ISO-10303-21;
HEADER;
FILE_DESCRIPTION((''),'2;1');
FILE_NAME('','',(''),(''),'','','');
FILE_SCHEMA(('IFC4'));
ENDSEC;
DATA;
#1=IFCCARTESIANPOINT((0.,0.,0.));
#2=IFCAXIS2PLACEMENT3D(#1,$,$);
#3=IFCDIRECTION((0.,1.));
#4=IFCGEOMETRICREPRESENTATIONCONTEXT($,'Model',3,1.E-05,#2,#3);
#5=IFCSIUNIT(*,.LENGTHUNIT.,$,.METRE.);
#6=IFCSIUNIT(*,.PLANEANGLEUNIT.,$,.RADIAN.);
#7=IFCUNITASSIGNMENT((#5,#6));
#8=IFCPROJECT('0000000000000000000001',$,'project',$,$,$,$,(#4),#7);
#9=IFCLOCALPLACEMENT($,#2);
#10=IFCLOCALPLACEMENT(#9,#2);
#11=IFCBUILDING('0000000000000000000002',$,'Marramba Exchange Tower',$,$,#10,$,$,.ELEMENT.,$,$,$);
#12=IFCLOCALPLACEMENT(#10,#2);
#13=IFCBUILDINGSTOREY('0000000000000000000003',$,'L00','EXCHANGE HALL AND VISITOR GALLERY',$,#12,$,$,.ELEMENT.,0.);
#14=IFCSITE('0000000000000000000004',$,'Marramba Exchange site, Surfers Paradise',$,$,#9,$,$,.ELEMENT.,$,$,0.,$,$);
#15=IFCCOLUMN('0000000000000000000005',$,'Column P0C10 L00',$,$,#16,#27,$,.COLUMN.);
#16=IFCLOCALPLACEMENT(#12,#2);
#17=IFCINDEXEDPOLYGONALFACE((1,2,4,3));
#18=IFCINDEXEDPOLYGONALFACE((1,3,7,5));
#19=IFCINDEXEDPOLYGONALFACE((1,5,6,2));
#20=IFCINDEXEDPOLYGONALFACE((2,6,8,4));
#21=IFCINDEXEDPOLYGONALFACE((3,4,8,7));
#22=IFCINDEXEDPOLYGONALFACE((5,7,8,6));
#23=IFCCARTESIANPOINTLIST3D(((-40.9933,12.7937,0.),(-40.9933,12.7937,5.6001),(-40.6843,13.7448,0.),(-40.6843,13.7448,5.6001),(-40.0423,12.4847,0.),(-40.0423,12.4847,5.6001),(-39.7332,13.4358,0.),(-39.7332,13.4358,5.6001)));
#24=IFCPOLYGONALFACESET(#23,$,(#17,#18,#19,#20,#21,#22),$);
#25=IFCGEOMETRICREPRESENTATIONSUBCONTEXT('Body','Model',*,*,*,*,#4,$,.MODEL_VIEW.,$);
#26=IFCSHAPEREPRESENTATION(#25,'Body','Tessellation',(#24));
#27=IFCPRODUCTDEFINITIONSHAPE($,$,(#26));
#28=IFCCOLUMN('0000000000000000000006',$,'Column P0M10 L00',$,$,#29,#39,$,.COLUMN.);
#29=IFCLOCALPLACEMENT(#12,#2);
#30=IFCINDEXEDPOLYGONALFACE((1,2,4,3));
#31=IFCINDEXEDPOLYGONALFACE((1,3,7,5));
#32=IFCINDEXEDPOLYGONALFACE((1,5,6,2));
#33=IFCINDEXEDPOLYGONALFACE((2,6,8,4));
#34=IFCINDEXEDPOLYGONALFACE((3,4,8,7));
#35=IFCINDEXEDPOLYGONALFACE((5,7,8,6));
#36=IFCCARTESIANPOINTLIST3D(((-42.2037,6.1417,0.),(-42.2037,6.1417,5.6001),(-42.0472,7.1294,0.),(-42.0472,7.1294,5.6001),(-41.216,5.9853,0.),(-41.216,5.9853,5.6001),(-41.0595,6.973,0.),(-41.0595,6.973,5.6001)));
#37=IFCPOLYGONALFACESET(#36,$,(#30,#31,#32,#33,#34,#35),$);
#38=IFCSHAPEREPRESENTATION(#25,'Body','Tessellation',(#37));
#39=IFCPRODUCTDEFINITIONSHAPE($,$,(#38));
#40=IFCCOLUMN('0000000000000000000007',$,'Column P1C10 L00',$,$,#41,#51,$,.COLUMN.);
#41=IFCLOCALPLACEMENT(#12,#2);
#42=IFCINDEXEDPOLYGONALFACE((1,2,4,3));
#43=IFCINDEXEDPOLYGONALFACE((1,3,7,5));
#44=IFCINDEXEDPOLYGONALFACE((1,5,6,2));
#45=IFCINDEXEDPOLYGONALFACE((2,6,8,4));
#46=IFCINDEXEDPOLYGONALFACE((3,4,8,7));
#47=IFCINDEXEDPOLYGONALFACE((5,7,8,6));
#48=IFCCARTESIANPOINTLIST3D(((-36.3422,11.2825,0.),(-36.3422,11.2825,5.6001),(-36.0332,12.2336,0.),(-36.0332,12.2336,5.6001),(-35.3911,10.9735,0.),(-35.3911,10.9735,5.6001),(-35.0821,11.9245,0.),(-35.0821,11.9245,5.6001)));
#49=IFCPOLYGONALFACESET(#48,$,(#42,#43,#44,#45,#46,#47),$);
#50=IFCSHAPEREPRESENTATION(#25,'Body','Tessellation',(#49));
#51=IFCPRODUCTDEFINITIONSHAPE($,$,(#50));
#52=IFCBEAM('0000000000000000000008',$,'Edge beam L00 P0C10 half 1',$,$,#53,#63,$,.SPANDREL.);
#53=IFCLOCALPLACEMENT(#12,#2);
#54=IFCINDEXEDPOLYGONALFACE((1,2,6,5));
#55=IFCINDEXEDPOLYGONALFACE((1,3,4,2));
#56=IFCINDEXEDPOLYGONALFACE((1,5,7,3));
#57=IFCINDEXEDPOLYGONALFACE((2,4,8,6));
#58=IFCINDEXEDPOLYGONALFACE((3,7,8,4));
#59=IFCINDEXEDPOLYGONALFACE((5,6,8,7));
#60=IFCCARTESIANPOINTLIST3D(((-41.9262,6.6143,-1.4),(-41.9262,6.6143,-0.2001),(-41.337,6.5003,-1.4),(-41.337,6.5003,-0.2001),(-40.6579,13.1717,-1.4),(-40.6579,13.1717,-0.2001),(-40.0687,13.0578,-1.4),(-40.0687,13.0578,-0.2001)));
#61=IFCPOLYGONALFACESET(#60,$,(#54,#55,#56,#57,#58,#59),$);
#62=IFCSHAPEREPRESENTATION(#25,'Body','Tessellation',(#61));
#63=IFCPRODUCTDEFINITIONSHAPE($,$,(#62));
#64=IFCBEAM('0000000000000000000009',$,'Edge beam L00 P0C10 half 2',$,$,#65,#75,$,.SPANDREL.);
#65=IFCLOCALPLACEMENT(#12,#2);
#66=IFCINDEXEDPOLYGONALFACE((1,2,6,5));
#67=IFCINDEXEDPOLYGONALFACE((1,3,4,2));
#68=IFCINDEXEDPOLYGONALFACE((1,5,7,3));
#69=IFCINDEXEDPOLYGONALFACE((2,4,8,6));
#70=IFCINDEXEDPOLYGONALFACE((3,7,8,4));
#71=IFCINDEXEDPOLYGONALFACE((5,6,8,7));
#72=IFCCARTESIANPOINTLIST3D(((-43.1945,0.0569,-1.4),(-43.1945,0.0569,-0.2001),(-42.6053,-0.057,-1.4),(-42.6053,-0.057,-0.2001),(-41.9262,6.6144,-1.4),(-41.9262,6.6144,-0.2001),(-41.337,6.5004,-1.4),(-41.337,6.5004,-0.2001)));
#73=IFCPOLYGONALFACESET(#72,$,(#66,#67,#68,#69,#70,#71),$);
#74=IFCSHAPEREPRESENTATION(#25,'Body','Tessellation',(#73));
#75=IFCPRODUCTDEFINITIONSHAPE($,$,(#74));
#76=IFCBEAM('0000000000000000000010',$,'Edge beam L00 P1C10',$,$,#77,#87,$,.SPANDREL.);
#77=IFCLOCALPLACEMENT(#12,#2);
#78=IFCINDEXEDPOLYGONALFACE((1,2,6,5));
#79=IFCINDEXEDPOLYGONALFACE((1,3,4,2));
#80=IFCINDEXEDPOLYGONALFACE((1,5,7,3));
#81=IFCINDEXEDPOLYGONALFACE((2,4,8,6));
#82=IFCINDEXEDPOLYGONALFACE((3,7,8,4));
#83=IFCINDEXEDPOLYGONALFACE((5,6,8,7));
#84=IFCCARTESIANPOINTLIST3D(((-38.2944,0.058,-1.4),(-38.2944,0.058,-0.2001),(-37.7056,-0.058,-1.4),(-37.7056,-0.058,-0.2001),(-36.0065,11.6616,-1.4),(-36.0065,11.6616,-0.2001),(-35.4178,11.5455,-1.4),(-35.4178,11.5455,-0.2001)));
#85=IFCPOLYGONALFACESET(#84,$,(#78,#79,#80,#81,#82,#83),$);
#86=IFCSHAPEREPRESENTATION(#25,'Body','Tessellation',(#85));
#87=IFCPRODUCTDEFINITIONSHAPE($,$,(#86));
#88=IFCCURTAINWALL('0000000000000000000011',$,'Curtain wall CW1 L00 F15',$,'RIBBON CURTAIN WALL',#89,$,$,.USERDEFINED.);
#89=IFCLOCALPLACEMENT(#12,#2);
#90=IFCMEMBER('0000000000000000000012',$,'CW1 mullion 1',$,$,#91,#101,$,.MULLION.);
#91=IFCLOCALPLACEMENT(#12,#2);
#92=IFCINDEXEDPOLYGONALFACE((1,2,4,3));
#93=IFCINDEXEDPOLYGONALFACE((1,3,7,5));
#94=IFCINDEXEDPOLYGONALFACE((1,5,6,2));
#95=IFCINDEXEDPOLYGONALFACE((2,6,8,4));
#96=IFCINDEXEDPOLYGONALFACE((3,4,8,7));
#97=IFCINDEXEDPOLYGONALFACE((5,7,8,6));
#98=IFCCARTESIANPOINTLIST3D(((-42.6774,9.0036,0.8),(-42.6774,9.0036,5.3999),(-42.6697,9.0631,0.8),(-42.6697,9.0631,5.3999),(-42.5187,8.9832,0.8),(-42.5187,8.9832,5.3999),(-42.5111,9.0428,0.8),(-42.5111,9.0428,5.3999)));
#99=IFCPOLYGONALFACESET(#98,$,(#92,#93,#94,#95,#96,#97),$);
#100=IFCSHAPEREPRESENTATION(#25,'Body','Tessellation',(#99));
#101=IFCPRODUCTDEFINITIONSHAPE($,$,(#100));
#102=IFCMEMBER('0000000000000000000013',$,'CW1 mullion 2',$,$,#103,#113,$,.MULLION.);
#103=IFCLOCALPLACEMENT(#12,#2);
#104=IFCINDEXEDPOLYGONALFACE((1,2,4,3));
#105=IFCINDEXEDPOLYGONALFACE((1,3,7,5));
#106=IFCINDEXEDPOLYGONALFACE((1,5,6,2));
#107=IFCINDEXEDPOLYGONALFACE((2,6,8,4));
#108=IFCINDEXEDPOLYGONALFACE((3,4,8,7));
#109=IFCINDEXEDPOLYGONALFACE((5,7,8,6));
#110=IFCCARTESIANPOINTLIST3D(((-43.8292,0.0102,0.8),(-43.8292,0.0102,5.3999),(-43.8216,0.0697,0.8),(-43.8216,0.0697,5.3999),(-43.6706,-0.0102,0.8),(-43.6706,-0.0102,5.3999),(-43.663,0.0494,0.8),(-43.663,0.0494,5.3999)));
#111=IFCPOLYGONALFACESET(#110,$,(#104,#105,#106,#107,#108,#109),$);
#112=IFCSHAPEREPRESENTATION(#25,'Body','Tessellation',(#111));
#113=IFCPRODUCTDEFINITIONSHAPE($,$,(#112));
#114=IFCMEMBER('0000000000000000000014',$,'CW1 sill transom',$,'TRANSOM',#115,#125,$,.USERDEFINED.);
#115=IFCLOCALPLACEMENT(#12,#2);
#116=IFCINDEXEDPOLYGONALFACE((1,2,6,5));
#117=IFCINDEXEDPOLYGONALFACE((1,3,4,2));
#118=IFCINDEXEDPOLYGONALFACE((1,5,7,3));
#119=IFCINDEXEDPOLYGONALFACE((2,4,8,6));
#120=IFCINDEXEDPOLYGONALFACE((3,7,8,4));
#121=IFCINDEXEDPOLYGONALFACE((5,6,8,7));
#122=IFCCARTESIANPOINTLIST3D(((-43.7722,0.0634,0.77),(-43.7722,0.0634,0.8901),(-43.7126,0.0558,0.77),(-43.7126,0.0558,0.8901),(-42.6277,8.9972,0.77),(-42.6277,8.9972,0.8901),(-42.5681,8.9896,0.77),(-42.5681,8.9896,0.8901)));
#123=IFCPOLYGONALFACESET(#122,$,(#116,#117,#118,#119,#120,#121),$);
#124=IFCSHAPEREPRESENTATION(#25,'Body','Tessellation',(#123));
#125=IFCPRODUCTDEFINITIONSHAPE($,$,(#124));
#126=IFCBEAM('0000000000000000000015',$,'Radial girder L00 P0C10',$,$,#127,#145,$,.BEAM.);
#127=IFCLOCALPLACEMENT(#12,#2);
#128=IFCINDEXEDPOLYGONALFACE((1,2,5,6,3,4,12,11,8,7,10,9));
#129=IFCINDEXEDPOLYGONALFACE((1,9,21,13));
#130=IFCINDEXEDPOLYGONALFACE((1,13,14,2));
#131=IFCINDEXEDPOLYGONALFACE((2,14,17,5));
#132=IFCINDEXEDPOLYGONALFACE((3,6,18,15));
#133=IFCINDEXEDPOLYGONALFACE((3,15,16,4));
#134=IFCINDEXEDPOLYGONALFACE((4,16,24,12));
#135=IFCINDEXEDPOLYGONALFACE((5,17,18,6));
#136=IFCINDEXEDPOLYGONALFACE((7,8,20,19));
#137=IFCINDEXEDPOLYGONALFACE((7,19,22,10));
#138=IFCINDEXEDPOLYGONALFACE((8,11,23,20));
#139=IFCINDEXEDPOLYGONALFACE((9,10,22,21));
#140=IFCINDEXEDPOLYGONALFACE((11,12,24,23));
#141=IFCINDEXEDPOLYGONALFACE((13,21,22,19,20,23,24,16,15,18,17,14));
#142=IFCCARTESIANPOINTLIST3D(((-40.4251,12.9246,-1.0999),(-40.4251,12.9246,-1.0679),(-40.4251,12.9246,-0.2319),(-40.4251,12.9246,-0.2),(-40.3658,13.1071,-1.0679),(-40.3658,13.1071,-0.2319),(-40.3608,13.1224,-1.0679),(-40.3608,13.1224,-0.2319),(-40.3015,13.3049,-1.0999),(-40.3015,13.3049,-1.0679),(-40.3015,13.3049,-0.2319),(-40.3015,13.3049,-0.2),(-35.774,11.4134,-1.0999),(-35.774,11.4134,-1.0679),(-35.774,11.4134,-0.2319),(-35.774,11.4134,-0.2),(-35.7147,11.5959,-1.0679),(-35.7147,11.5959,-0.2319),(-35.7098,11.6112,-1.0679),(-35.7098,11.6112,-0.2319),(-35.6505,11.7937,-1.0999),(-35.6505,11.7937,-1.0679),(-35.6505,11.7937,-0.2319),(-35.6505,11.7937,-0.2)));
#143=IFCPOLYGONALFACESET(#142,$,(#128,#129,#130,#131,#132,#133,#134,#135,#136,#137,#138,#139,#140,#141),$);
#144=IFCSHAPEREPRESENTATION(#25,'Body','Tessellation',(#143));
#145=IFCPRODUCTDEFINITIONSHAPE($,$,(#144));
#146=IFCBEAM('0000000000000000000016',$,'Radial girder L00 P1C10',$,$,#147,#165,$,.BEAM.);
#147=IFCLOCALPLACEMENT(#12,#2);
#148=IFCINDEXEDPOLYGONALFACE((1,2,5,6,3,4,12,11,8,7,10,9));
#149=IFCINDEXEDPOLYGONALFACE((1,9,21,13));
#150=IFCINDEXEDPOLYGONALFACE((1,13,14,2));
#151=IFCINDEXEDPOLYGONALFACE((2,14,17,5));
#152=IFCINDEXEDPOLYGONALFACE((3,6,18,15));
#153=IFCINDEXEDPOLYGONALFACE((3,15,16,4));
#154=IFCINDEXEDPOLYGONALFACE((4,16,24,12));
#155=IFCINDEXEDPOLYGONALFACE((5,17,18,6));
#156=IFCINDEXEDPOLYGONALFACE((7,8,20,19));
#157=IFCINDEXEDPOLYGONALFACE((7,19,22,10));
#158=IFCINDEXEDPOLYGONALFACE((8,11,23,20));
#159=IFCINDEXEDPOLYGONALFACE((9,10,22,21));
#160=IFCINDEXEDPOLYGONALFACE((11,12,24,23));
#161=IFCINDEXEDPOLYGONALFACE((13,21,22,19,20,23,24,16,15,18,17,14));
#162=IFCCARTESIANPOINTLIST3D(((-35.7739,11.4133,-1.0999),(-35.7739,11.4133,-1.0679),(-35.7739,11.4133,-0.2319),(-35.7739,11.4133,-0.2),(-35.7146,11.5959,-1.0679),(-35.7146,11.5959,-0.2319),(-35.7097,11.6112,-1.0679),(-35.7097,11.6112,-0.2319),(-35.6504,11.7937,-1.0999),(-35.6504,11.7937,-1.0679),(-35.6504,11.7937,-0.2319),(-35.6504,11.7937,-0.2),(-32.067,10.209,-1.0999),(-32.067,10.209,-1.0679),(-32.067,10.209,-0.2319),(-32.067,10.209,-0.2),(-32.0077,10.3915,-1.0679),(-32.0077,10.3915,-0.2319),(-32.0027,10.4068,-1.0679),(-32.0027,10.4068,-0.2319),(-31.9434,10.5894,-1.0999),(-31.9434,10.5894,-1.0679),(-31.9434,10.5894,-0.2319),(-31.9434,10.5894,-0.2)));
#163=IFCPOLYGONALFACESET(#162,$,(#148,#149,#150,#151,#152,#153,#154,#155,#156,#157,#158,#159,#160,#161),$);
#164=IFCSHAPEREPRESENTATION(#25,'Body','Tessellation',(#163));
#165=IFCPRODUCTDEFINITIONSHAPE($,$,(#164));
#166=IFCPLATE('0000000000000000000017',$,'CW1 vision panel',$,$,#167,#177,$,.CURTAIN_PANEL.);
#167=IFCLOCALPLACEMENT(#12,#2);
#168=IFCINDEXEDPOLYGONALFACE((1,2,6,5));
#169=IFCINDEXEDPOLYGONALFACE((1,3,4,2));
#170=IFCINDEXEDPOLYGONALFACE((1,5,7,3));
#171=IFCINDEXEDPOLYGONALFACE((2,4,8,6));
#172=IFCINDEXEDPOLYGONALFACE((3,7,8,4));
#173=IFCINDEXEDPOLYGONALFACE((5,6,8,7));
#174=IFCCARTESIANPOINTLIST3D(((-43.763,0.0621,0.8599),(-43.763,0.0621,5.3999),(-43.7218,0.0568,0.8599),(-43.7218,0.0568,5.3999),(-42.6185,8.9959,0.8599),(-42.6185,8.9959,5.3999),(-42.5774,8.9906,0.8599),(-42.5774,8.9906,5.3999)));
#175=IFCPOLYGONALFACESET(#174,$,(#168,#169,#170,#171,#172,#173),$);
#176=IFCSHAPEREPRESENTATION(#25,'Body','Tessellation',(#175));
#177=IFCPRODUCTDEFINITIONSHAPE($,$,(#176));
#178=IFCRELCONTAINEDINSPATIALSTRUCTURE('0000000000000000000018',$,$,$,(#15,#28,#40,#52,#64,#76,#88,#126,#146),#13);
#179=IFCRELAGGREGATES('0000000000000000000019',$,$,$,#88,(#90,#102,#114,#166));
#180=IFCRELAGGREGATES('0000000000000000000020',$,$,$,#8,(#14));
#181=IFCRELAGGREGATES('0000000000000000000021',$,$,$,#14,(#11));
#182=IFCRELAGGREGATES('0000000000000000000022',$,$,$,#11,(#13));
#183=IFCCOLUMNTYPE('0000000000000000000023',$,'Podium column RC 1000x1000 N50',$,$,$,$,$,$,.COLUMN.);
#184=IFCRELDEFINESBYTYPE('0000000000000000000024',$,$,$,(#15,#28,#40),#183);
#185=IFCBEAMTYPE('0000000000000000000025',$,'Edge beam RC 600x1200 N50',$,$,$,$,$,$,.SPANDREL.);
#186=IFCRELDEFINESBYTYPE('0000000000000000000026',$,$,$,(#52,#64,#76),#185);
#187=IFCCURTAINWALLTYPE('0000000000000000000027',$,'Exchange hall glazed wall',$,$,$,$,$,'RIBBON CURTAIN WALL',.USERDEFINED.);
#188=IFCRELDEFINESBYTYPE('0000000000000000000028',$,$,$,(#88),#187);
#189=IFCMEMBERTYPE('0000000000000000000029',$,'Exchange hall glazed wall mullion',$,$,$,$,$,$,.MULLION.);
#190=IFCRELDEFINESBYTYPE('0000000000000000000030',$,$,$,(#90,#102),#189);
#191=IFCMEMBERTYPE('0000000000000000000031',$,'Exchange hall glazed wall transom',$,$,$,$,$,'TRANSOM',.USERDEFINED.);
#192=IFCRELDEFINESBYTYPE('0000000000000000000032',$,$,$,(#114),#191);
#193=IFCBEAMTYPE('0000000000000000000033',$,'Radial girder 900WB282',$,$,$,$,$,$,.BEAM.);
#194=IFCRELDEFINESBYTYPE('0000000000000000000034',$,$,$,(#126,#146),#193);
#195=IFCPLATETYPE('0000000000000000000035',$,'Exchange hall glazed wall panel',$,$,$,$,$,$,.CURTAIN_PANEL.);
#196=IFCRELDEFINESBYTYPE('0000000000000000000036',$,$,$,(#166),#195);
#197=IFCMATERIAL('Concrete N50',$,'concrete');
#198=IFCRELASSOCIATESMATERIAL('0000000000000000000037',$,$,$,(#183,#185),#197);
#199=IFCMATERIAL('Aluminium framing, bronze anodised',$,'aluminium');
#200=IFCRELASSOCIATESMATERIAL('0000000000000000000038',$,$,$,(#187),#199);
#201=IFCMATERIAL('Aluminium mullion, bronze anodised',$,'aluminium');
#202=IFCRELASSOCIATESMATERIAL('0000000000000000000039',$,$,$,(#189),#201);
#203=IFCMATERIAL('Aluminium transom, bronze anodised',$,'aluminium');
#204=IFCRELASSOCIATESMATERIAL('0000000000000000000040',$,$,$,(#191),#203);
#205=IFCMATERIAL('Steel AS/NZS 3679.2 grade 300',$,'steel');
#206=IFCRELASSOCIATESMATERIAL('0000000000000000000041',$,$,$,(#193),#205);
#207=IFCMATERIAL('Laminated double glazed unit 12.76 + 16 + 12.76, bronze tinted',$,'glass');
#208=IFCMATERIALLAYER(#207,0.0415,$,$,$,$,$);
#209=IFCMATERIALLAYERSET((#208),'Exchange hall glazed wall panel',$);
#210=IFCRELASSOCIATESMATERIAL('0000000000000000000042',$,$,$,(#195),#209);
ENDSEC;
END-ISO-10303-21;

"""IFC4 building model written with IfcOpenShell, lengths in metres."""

from ifc_helpers import new_model, si_unit, direction, frame, origin, origin_2d, place, context, subcontext, project, spatial, rectangle, i_section, extrude, material, layer, layer_set, material_profile, profile_set, type_object, element, aggregate, save


model = new_model("IFC4")

# Units and contexts
model_context = context("Model", 3, precision=1e-05, world=origin(), true_north=direction((0.0, 1.0)))
body_context = subcontext(model_context, "Body", "Model", "MODEL_VIEW")
ifc_project = project(units=[si_unit("LENGTHUNIT", "METRE"), si_unit("PLANEANGLEUNIT", "RADIAN")], contexts=[model_context])

# Site, building, storey
site_placement = place(None, origin())
site = spatial("IfcSite", under=ifc_project, at=site_placement, Name="Marramba Exchange site, Surfers Paradise", CompositionType="ELEMENT", RefElevation=0.0)
building_placement = place(site_placement, origin())
building = spatial("IfcBuilding", under=site, at=building_placement, Name="Marramba Exchange Tower", CompositionType="ELEMENT")
storey_placement = place(building_placement, origin())
storey = spatial("IfcBuildingStorey", under=building, at=storey_placement, Name="L00", Description="EXCHANGE HALL AND VISITOR GALLERY", CompositionType="ELEMENT", Elevation=0.0)

# Columns
ifc_material_1 = material(Name="Concrete N50", Category="concrete")
ifc_material_profile_1 = material_profile(ifc_material_1, rectangle(XDim=1.0, YDim=1.0, at=origin_2d()), Name="RC 1000x1000")
ifc_profile_set_1 = profile_set([ifc_material_profile_1], Name="Concrete N50")
column_type = type_object("IfcColumnType", Name="Podium column RC 1000x1000 N50", PredefinedType="COLUMN", material=ifc_profile_set_1)
for number, where, z_axis, x_axis, name in (
    (1, (-40.3633, 13.1147, 0.0), (0.0, 0.0, 1.0), (-0.951057, 0.309017, 0.0), "Column P0C10 L00"),
    (2, (-41.6316, 6.5574, 0.0), (0.0, 0.0, 1.0), (-0.987688, 0.156434, 0.0), "Column P0M10 L00"),
    (3, (-35.7122, 11.6035, 0.0), (0.0, 0.0, 1.0), (-0.951057, 0.309017, 0.0), "Column P1C10 L00"),
):
    element("IfcColumn", number, at=place(storey_placement, frame(where, z_axis=z_axis, x_axis=x_axis)), inside=storey, type_object=column_type, Name=name, PredefinedType="COLUMN", context=body_context, shape_type="SweptSolid", body=[
        extrude(rectangle(XDim=1.0, YDim=1.0, at=origin_2d()), origin(), (0.0, 0.0, 1.0), 5.6001),
    ])

# Beams
ifc_material_profile_2 = material_profile(ifc_material_1, rectangle(XDim=0.6001, YDim=1.2, at=origin_2d()), Name="RC 600x1200")
ifc_profile_set_2 = profile_set([ifc_material_profile_2], Name="Concrete N50")
beam_type_1 = type_object("IfcBeamType", Name="Edge beam RC 600x1200 N50", PredefinedType="SPANDREL", material=ifc_profile_set_2)
for number, where, z_axis, x_axis, name in (
    (4, (-40.3633, 13.1147, -0.8), (-0.189898, -0.981804, 0.0), (0.981804, -0.189898, 0.0), "Edge beam L00 P0C10 half 1"),
    (5, (-41.6316, 6.5574, -0.8), (-0.189898, -0.981804, 0.0), (0.981804, -0.189898, 0.0), "Edge beam L00 P0C10 half 2"),
):
    element("IfcBeam", number, at=place(storey_placement, frame(where, z_axis=z_axis, x_axis=x_axis)), inside=storey, type_object=beam_type_1, Name=name, PredefinedType="SPANDREL", context=body_context, shape_type="SweptSolid", body=[
        extrude(rectangle(XDim=0.6001, YDim=1.2, at=origin_2d()), origin(), (0.0, 0.0, 1.0), 6.679),
    ])
beam_1_placement = place(storey_placement, frame((-35.7122, 11.6035, -0.8), z_axis=(-0.193444, -0.981111, 0.0), x_axis=(0.981111, -0.193444, 0.0)))
element("IfcBeam", 6, at=beam_1_placement, inside=storey, type_object=beam_type_1, Name="Edge beam L00 P1C10", PredefinedType="SPANDREL", context=body_context, shape_type="SweptSolid", body=[
    extrude(rectangle(XDim=0.6001, YDim=1.2, at=origin_2d()), origin(), (0.0, 0.0, 1.0), 11.8269),
])

# Curtain wall, members
ifc_material_2 = material(Name="Aluminium framing, bronze anodised", Category="aluminium")
curtain_wall_type = type_object("IfcCurtainWallType", Name="Exchange hall glazed wall", ElementType="RIBBON CURTAIN WALL", PredefinedType="USERDEFINED", material=ifc_material_2)
curtain_wall_placement = place(storey_placement, origin())
curtain_wall = element("IfcCurtainWall", 7, at=curtain_wall_placement, inside=storey, type_object=curtain_wall_type, Name="Curtain wall CW1 L00 F15", ObjectType="RIBBON CURTAIN WALL", PredefinedType="USERDEFINED")
ifc_material_3 = material(Name="Aluminium mullion, bronze anodised", Category="aluminium")
ifc_material_profile_3 = material_profile(ifc_material_3, rectangle(XDim=0.1599, YDim=0.0601, at=origin_2d()), Name="CW1 mullion 60x160")
ifc_profile_set_3 = profile_set([ifc_material_profile_3], Name="Aluminium mullion, bronze anodised")
member_type_1 = type_object("IfcMemberType", Name="Exchange hall glazed wall mullion", PredefinedType="MULLION", material=ifc_profile_set_3)
member_1_placement = place(storey_placement, frame((-42.5942, 9.0232, 0.8), z_axis=(0.0, 0.0, 1.0), x_axis=(0.991895, -0.127061, 0.0)))
member_1 = element("IfcMember", 8, at=member_1_placement, type_object=member_type_1, Name="CW1 mullion 1", PredefinedType="MULLION", context=body_context, shape_type="SweptSolid", body=[
    extrude(rectangle(XDim=0.1599, YDim=0.0601, at=origin_2d()), origin(), (0.0, 0.0, 1.0), 4.5999),
])
member_2_placement = place(storey_placement, frame((-43.7461, 0.0298, 0.8), z_axis=(0.0, 0.0, 1.0), x_axis=(0.991895, -0.127061, 0.0)))
member_2 = element("IfcMember", 9, at=member_2_placement, type_object=member_type_1, Name="CW1 mullion 2", PredefinedType="MULLION", context=body_context, shape_type="SweptSolid", body=[
    extrude(rectangle(XDim=0.1599, YDim=0.0601, at=origin_2d()), origin(), (0.0, 0.0, 1.0), 4.5999),
])
ifc_material_4 = material(Name="Aluminium transom, bronze anodised", Category="aluminium")
ifc_material_profile_4 = material_profile(ifc_material_4, rectangle(XDim=0.0601, YDim=0.1201, at=origin_2d()), Name="CW1 transom 60x120")
ifc_profile_set_4 = profile_set([ifc_material_profile_4], Name="Aluminium transom, bronze anodised")
member_type_2 = type_object("IfcMemberType", Name="Exchange hall glazed wall transom", ElementType="TRANSOM", PredefinedType="USERDEFINED", material=ifc_profile_set_4)
member_3_placement = place(storey_placement, frame((-42.5979, 8.9934, 0.8301), z_axis=(-0.127073, -0.991893, 0.0), x_axis=(0.991893, -0.127073, 0.0)))
member_3 = element("IfcMember", 10, at=member_3_placement, type_object=member_type_2, Name="CW1 sill transom", ObjectType="TRANSOM", PredefinedType="USERDEFINED", context=body_context, shape_type="SweptSolid", body=[
    extrude(rectangle(XDim=0.0601, YDim=0.1201, at=origin_2d()), origin(), (0.0, 0.0, 1.0), 9.0068),
])

# Beams
ifc_material_5 = material(Name="Steel AS/NZS 3679.2 grade 300", Category="steel")
ifc_material_profile_5 = material_profile(ifc_material_5, i_section(OverallWidth=0.3999, OverallDepth=0.8999, WebThickness=0.0161, FlangeThickness=0.032, at=origin_2d()), Name="900WB282")
ifc_profile_set_5 = profile_set([ifc_material_profile_5], Name="Steel AS/NZS 3679.2 grade 300")
beam_type_2 = type_object("IfcBeamType", Name="Radial girder 900WB282", PredefinedType="BEAM", material=ifc_profile_set_5)
beam_2_placement = place(storey_placement, frame((-40.3633, 13.1147, -0.6499), z_axis=(0.951057, -0.309015, 0.0), x_axis=(0.309015, 0.951057, 0.0)))
element("IfcBeam", 11, at=beam_2_placement, inside=storey, type_object=beam_type_2, Name="Radial girder L00 P0C10", PredefinedType="BEAM", context=body_context, shape_type="SweptSolid", body=[
    extrude(i_section(OverallWidth=0.3999, OverallDepth=0.8999, WebThickness=0.0161, FlangeThickness=0.032, at=origin_2d()), origin(), (0.0, 0.0, 1.0), 4.8904),
])
beam_3_placement = place(storey_placement, frame((-35.7122, 11.6035, -0.6499), z_axis=(0.951067, -0.308984, 0.0), x_axis=(0.308984, 0.951067, 0.0)))
element("IfcBeam", 12, at=beam_3_placement, inside=storey, type_object=beam_type_2, Name="Radial girder L00 P1C10", PredefinedType="BEAM", context=body_context, shape_type="SweptSolid", body=[
    extrude(i_section(OverallWidth=0.3999, OverallDepth=0.8999, WebThickness=0.0161, FlangeThickness=0.032, at=origin_2d()), origin(), (0.0, 0.0, 1.0), 3.8977),
])

# Plate
ifc_material_6 = material(Name="Laminated double glazed unit 12.76 + 16 + 12.76, bronze tinted", Category="glass")
ifc_layer_1 = layer(ifc_material_6, 0.0415)
ifc_layer_set_1 = layer_set([ifc_layer_1], Name="Exchange hall glazed wall panel")
plate_type = type_object("IfcPlateType", Name="Exchange hall glazed wall panel", PredefinedType="CURTAIN_PANEL", material=ifc_layer_set_1)
plate_placement = place(storey_placement, frame((-43.1702, 4.5264, 0.8599), z_axis=(0.0, 0.0, 1.0), x_axis=(-0.127061, -0.991895, 0.0)))
plate = element("IfcPlate", 13, at=plate_placement, type_object=plate_type, Name="CW1 vision panel", PredefinedType="CURTAIN_PANEL", context=body_context, shape_type="SweptSolid", body=[
    extrude(rectangle(XDim=9.0068, YDim=0.0415, at=origin_2d()), origin(), (0.0, 0.0, 1.0), 4.54),
])
aggregate(curtain_wall, [member_1, member_2, member_3, plate])

save(model, "model.ifc")
